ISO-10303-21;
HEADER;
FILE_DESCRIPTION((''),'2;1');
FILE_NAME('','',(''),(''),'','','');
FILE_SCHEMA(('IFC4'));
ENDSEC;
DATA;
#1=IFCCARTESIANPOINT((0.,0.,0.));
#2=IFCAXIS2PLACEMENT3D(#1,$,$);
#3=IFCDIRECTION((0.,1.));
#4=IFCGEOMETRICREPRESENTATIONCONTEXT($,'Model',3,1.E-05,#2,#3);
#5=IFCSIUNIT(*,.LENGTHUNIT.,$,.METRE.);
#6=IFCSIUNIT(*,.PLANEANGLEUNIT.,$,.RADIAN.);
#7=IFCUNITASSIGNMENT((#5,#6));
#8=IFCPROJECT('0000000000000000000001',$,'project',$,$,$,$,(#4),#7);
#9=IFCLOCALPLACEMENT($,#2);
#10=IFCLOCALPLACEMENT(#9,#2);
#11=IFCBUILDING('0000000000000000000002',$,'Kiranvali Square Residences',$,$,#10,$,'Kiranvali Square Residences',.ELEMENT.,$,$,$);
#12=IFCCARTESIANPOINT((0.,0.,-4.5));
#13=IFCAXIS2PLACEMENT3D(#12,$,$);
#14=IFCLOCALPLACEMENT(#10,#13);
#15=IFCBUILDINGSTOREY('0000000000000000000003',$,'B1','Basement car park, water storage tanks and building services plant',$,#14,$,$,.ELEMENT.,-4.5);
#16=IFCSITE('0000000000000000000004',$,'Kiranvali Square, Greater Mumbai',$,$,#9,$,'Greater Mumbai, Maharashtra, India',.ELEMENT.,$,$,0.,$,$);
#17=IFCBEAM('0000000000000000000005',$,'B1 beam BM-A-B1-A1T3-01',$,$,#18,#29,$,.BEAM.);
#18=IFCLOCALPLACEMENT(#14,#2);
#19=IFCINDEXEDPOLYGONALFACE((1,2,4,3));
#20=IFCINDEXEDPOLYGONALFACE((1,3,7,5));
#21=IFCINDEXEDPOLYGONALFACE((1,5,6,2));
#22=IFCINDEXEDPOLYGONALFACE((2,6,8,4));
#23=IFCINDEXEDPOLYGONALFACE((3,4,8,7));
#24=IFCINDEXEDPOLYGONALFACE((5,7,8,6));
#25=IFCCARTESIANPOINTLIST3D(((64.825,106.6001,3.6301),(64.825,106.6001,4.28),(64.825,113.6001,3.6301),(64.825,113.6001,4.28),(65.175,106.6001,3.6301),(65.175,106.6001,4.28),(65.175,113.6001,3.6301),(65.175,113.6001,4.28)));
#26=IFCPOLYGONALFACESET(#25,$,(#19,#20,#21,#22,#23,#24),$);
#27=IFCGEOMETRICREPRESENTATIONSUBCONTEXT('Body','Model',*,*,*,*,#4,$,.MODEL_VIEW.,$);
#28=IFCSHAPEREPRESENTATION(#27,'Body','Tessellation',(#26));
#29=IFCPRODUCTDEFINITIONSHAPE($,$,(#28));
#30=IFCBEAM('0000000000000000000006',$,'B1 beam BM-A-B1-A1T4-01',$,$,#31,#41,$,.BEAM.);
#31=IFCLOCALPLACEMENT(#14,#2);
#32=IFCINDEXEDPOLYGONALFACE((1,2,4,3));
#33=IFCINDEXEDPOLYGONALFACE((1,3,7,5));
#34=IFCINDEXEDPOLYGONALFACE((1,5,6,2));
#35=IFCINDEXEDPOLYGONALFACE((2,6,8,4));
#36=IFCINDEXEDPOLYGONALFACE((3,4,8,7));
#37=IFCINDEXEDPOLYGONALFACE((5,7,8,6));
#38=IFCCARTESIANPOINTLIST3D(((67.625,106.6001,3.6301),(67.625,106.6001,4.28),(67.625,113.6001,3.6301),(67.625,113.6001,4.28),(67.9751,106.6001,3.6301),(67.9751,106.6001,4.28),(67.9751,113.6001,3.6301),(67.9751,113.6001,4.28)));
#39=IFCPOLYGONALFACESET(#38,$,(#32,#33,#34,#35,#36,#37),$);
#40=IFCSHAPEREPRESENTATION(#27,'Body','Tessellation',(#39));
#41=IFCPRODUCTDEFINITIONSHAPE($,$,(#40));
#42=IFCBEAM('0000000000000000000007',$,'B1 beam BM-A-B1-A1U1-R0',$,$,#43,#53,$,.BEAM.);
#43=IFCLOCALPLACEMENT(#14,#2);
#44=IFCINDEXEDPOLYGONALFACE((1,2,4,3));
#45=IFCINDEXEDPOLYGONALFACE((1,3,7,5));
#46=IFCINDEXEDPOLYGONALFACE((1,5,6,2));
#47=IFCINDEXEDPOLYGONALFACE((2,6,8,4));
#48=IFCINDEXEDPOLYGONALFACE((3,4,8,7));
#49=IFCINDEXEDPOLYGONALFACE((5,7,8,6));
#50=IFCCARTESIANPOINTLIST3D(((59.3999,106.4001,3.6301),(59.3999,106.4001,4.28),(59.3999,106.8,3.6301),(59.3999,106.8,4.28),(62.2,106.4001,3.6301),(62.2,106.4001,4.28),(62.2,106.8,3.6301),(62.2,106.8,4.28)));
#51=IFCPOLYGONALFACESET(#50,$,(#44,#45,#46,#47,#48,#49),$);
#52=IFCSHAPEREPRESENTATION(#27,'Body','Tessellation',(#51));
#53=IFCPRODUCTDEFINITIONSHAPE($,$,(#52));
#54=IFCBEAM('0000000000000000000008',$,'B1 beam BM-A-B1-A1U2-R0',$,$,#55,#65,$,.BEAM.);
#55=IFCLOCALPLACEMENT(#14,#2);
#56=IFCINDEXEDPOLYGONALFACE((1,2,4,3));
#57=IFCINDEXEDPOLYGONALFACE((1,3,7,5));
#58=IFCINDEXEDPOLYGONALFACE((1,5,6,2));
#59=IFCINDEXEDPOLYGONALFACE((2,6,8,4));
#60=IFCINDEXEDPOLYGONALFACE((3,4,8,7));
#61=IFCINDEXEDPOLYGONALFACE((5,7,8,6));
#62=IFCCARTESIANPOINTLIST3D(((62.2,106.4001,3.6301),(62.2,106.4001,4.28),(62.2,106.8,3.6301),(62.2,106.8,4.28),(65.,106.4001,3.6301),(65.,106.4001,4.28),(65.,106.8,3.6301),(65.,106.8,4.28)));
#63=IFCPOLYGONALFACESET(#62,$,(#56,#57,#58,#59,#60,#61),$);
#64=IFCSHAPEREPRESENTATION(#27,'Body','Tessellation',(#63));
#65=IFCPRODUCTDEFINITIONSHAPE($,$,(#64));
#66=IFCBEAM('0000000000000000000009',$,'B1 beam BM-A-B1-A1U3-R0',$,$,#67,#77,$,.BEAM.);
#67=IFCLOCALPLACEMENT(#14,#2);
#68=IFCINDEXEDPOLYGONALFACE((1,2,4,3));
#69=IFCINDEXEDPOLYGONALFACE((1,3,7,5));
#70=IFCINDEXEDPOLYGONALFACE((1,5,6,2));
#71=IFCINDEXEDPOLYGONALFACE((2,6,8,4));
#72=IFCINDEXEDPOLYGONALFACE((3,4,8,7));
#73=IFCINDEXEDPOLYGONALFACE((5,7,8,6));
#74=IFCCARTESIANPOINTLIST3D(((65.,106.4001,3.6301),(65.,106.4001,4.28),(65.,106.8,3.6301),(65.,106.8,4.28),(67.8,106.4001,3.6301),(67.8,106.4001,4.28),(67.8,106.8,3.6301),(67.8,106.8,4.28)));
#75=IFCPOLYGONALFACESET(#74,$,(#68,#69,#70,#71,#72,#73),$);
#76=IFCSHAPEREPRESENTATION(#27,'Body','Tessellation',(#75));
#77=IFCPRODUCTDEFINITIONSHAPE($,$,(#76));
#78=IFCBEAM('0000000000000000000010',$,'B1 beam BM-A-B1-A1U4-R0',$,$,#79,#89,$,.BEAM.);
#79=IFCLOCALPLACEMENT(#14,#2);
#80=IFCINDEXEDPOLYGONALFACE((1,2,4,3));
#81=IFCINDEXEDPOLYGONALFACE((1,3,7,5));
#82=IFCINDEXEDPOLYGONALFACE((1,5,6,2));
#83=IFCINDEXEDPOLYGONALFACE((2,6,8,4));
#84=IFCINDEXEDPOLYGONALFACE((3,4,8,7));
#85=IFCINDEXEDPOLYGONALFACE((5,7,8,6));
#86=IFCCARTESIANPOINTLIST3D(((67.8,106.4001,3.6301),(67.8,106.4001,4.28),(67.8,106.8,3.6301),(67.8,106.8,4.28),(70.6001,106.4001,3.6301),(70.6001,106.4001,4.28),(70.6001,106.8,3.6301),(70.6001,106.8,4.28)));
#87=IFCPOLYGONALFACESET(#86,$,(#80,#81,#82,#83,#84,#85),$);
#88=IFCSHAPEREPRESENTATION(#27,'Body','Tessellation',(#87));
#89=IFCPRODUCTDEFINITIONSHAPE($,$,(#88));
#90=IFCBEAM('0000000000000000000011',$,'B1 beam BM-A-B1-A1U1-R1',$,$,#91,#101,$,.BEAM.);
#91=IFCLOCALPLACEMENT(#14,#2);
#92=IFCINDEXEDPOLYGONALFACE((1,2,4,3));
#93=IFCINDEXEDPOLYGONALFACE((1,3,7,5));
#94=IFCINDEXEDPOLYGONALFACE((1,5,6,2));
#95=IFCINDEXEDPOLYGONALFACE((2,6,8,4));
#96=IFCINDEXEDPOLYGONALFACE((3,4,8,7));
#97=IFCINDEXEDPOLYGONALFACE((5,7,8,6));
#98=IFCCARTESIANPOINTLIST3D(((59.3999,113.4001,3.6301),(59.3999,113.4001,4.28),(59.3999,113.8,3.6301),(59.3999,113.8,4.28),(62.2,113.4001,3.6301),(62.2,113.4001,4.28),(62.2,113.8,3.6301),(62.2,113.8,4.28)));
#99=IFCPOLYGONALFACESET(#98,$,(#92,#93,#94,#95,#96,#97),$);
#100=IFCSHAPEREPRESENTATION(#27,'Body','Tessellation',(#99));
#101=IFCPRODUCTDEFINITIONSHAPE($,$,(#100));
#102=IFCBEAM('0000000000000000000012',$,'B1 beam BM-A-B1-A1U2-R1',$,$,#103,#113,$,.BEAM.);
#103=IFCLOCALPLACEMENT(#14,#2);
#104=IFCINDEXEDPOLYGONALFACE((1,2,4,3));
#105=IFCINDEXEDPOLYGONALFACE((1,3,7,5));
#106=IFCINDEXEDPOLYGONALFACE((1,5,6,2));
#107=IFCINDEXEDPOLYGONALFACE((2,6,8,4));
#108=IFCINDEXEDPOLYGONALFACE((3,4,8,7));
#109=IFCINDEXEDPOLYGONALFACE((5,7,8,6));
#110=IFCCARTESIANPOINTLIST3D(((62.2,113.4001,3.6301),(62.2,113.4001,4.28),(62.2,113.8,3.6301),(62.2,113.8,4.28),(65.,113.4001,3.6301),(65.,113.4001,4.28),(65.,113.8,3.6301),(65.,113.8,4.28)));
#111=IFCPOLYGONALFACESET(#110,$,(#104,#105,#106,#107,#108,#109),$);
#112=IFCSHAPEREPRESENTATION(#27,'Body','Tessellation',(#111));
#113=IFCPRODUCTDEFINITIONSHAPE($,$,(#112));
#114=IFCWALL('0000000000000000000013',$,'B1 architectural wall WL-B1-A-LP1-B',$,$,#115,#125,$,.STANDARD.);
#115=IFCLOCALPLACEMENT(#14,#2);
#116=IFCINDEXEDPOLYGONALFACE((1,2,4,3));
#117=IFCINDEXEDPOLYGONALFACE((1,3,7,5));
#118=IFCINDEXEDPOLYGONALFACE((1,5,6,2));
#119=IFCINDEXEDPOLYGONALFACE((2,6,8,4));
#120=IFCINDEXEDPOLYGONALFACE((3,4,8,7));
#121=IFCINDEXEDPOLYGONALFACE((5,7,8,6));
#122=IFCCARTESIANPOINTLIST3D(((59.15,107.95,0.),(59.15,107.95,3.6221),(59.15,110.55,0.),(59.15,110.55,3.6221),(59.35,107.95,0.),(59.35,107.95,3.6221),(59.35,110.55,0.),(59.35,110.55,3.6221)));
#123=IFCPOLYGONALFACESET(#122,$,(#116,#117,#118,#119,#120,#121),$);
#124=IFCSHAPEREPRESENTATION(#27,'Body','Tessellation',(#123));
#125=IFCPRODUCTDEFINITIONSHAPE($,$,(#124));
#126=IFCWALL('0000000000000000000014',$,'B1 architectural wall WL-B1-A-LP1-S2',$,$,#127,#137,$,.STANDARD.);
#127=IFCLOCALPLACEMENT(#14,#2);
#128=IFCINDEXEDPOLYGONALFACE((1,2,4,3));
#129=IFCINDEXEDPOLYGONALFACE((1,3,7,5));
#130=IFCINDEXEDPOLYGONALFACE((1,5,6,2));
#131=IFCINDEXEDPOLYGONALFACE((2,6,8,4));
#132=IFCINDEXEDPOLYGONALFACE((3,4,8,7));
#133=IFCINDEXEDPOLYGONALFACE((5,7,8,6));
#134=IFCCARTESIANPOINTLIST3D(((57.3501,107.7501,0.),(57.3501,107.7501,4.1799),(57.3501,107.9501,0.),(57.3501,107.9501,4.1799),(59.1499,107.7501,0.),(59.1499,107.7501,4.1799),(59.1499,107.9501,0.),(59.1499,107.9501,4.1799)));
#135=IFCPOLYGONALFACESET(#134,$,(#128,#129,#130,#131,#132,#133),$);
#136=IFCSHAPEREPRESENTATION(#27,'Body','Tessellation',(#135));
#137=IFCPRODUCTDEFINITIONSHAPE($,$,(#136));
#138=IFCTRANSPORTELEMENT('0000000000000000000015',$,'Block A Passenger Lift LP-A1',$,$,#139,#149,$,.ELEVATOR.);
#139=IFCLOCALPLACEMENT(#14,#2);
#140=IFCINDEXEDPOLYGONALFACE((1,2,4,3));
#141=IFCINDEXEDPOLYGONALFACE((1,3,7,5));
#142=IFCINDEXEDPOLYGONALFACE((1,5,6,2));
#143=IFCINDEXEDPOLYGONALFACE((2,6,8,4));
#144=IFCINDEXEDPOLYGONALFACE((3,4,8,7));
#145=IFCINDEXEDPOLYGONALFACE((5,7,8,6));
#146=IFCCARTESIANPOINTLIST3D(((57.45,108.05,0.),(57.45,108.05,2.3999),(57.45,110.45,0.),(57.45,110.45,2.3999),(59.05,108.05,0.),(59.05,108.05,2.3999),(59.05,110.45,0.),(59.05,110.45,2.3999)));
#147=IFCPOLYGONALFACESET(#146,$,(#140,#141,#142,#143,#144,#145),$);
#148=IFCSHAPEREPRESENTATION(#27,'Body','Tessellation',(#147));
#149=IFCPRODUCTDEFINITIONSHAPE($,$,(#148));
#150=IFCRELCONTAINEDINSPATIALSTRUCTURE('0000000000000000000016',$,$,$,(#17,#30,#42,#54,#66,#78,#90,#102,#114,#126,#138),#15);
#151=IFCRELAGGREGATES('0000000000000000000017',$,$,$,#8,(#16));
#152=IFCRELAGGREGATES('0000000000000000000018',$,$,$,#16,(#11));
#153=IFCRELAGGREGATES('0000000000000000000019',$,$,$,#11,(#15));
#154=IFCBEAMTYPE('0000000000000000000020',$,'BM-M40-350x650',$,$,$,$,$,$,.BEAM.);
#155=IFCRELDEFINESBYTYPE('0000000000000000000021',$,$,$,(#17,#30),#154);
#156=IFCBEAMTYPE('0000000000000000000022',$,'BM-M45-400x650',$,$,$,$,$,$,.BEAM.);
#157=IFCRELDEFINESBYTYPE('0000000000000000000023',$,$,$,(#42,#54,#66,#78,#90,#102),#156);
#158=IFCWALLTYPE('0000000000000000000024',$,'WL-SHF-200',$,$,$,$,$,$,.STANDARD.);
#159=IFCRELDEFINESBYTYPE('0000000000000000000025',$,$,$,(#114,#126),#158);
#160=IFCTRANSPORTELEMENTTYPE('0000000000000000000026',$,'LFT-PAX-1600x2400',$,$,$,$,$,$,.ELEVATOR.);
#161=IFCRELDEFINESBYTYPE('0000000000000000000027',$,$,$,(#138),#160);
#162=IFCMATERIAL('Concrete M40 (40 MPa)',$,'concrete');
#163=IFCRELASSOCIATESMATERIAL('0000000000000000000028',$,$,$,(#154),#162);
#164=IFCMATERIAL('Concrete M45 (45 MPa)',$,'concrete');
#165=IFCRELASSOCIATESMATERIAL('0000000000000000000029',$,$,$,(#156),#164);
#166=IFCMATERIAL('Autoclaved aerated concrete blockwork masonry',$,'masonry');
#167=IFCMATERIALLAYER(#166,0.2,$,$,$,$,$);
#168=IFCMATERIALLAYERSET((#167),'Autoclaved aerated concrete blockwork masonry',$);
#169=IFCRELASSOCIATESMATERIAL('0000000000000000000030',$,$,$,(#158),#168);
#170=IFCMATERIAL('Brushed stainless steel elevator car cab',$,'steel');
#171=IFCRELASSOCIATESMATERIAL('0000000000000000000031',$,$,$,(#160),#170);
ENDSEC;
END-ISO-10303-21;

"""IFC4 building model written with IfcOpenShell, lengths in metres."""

from ifc_helpers import new_model, si_unit, direction, frame, frame_2d, origin, origin_2d, place, context, subcontext, project, spatial, rectangle, extrude, material, layer, layer_set, material_profile, profile_set, type_object, element, save


model = new_model("IFC4")

# Units and contexts
model_context = context("Model", 3, precision=1e-05, world=origin(), true_north=direction((0.0, 1.0)))
body_context = subcontext(model_context, "Body", "Model", "MODEL_VIEW")
ifc_project = project(units=[si_unit("LENGTHUNIT", "METRE"), si_unit("PLANEANGLEUNIT", "RADIAN")], contexts=[model_context])

# Site, building, storey
site_placement = place(None, origin())
site = spatial("IfcSite", under=ifc_project, at=site_placement, Name="Kiranvali Square, Greater Mumbai", LongName="Greater Mumbai, Maharashtra, India", CompositionType="ELEMENT", RefElevation=0.0)
building_placement = place(site_placement, origin())
building = spatial("IfcBuilding", under=site, at=building_placement, Name="Kiranvali Square Residences", LongName="Kiranvali Square Residences", CompositionType="ELEMENT")
storey_placement = place(building_placement, frame((0.0, 0.0, -4.5)))
storey = spatial("IfcBuildingStorey", under=building, at=storey_placement, Name="B1", Description="Basement car park, water storage tanks and building services plant", CompositionType="ELEMENT", Elevation=-4.5)

# Shared definitions
ifc_material_1 = material(Name="Concrete M40 (40 MPa)", Category="concrete")

# Shared definitions
ifc_material_2 = material(Name="Concrete M45 (45 MPa)", Category="concrete")

# Beams
ifc_material_profile_1 = material_profile(ifc_material_1, rectangle(XDim=0.3501, YDim=0.6499, at=origin_2d()), Name="RC 350x650")
ifc_profile_set_1 = profile_set([ifc_material_profile_1], Name="Concrete M40 (40 MPa)")
beam_type_1 = type_object("IfcBeamType", Name="BM-M40-350x650", PredefinedType="BEAM", material=ifc_profile_set_1)
for number, where, z_axis, x_axis, name in (
    (1, (65.0, 106.6001, 3.9551), (0.0, 1.0, 0.0), (-1.0, 0.0, 0.0), "B1 beam BM-A-B1-A1T3-01"),
    (2, (67.8, 106.6001, 3.9551), (0.0, 1.0, 0.0), (-1.0, 0.0, 0.0), "B1 beam BM-A-B1-A1T4-01"),
):
    element("IfcBeam", number, at=place(storey_placement, frame(where, z_axis=z_axis, x_axis=x_axis)), inside=storey, type_object=beam_type_1, Name=name, PredefinedType="BEAM", context=body_context, shape_type="SweptSolid", body=[
        extrude(rectangle(XDim=0.3501, YDim=0.6499, at=origin_2d()), origin(), (0.0, 0.0, 1.0), 7.0),
    ])
ifc_material_profile_2 = material_profile(ifc_material_2, rectangle(XDim=0.3999, YDim=0.6499, at=origin_2d()), Name="RC 400x650")
ifc_profile_set_2 = profile_set([ifc_material_profile_2], Name="Concrete M45 (45 MPa)")
beam_type_2 = type_object("IfcBeamType", Name="BM-M45-400x650", PredefinedType="BEAM", material=ifc_profile_set_2)
for number, where, z_axis, x_axis, name in (
    (3, (59.3999, 106.6001, 3.9551), (1.0, 0.0, 0.0), (0.0, 1.0, 0.0), "B1 beam BM-A-B1-A1U1-R0"),
    (4, (62.2, 106.6001, 3.9551), (1.0, 0.0, 0.0), (0.0, 1.0, 0.0), "B1 beam BM-A-B1-A1U2-R0"),
    (5, (65.0, 106.6001, 3.9551), (1.0, 0.0, 0.0), (0.0, 1.0, 0.0), "B1 beam BM-A-B1-A1U3-R0"),
    (6, (67.8, 106.6001, 3.9551), (1.0, 0.0, 0.0), (0.0, 1.0, 0.0), "B1 beam BM-A-B1-A1U4-R0"),
    (7, (59.3999, 113.6001, 3.9551), (1.0, 0.0, 0.0), (0.0, 1.0, 0.0), "B1 beam BM-A-B1-A1U1-R1"),
    (8, (62.2, 113.6001, 3.9551), (1.0, 0.0, 0.0), (0.0, 1.0, 0.0), "B1 beam BM-A-B1-A1U2-R1"),
):
    element("IfcBeam", number, at=place(storey_placement, frame(where, z_axis=z_axis, x_axis=x_axis)), inside=storey, type_object=beam_type_2, Name=name, PredefinedType="BEAM", context=body_context, shape_type="SweptSolid", body=[
        extrude(rectangle(XDim=0.3999, YDim=0.6499, at=origin_2d()), origin(), (0.0, 0.0, 1.0), 2.8),
    ])

# Walls
ifc_material_3 = material(Name="Autoclaved aerated concrete blockwork masonry", Category="masonry")
ifc_layer = layer(ifc_material_3, 0.2)
ifc_layer_set = layer_set([ifc_layer], Name="Autoclaved aerated concrete blockwork masonry")
wall_type = type_object("IfcWallType", Name="WL-SHF-200", PredefinedType="STANDARD", material=ifc_layer_set)
wall_1_placement = place(storey_placement, frame((59.25, 107.95, 0.0), z_axis=(0.0, 0.0, 1.0), x_axis=(0.0, 1.0, 0.0)))
element("IfcWall", 9, at=wall_1_placement, inside=storey, type_object=wall_type, Name="B1 architectural wall WL-B1-A-LP1-B", PredefinedType="STANDARD", context=body_context, shape_type="SweptSolid", body=[
    extrude(rectangle(XDim=2.6001, YDim=0.2, at=frame_2d((1.3, 0.0))), origin(), (0.0, 0.0, 1.0), 3.6221),
])
wall_2_placement = place(storey_placement, frame((57.3501, 107.8501, 0.0), z_axis=(0.0, 0.0, 1.0), x_axis=(1.0, 0.0, 0.0)))
element("IfcWall", 10, at=wall_2_placement, inside=storey, type_object=wall_type, Name="B1 architectural wall WL-B1-A-LP1-S2", PredefinedType="STANDARD", context=body_context, shape_type="SweptSolid", body=[
    extrude(rectangle(XDim=1.7998, YDim=0.2, at=frame_2d((0.8999, 0.0))), origin(), (0.0, 0.0, 1.0), 4.1799),
])

# Transport element
ifc_material_4 = material(Name="Brushed stainless steel elevator car cab", Category="steel")
transport_element_type = type_object("IfcTransportElementType", Name="LFT-PAX-1600x2400", PredefinedType="ELEVATOR", material=ifc_material_4)
transport_element_placement = place(storey_placement, frame((58.25, 109.25, 0.0), z_axis=(0.0, 0.0, 1.0), x_axis=(1.0, 0.0, 0.0)))
element("IfcTransportElement", 11, at=transport_element_placement, inside=storey, type_object=transport_element_type, Name="Block A Passenger Lift LP-A1", PredefinedType="ELEVATOR", context=body_context, shape_type="SweptSolid", body=[
    extrude(rectangle(XDim=1.6001, YDim=2.3999, at=origin_2d()), origin(), (0.0, 0.0, 1.0), 2.3999),
])

save(model, "model.ifc")
